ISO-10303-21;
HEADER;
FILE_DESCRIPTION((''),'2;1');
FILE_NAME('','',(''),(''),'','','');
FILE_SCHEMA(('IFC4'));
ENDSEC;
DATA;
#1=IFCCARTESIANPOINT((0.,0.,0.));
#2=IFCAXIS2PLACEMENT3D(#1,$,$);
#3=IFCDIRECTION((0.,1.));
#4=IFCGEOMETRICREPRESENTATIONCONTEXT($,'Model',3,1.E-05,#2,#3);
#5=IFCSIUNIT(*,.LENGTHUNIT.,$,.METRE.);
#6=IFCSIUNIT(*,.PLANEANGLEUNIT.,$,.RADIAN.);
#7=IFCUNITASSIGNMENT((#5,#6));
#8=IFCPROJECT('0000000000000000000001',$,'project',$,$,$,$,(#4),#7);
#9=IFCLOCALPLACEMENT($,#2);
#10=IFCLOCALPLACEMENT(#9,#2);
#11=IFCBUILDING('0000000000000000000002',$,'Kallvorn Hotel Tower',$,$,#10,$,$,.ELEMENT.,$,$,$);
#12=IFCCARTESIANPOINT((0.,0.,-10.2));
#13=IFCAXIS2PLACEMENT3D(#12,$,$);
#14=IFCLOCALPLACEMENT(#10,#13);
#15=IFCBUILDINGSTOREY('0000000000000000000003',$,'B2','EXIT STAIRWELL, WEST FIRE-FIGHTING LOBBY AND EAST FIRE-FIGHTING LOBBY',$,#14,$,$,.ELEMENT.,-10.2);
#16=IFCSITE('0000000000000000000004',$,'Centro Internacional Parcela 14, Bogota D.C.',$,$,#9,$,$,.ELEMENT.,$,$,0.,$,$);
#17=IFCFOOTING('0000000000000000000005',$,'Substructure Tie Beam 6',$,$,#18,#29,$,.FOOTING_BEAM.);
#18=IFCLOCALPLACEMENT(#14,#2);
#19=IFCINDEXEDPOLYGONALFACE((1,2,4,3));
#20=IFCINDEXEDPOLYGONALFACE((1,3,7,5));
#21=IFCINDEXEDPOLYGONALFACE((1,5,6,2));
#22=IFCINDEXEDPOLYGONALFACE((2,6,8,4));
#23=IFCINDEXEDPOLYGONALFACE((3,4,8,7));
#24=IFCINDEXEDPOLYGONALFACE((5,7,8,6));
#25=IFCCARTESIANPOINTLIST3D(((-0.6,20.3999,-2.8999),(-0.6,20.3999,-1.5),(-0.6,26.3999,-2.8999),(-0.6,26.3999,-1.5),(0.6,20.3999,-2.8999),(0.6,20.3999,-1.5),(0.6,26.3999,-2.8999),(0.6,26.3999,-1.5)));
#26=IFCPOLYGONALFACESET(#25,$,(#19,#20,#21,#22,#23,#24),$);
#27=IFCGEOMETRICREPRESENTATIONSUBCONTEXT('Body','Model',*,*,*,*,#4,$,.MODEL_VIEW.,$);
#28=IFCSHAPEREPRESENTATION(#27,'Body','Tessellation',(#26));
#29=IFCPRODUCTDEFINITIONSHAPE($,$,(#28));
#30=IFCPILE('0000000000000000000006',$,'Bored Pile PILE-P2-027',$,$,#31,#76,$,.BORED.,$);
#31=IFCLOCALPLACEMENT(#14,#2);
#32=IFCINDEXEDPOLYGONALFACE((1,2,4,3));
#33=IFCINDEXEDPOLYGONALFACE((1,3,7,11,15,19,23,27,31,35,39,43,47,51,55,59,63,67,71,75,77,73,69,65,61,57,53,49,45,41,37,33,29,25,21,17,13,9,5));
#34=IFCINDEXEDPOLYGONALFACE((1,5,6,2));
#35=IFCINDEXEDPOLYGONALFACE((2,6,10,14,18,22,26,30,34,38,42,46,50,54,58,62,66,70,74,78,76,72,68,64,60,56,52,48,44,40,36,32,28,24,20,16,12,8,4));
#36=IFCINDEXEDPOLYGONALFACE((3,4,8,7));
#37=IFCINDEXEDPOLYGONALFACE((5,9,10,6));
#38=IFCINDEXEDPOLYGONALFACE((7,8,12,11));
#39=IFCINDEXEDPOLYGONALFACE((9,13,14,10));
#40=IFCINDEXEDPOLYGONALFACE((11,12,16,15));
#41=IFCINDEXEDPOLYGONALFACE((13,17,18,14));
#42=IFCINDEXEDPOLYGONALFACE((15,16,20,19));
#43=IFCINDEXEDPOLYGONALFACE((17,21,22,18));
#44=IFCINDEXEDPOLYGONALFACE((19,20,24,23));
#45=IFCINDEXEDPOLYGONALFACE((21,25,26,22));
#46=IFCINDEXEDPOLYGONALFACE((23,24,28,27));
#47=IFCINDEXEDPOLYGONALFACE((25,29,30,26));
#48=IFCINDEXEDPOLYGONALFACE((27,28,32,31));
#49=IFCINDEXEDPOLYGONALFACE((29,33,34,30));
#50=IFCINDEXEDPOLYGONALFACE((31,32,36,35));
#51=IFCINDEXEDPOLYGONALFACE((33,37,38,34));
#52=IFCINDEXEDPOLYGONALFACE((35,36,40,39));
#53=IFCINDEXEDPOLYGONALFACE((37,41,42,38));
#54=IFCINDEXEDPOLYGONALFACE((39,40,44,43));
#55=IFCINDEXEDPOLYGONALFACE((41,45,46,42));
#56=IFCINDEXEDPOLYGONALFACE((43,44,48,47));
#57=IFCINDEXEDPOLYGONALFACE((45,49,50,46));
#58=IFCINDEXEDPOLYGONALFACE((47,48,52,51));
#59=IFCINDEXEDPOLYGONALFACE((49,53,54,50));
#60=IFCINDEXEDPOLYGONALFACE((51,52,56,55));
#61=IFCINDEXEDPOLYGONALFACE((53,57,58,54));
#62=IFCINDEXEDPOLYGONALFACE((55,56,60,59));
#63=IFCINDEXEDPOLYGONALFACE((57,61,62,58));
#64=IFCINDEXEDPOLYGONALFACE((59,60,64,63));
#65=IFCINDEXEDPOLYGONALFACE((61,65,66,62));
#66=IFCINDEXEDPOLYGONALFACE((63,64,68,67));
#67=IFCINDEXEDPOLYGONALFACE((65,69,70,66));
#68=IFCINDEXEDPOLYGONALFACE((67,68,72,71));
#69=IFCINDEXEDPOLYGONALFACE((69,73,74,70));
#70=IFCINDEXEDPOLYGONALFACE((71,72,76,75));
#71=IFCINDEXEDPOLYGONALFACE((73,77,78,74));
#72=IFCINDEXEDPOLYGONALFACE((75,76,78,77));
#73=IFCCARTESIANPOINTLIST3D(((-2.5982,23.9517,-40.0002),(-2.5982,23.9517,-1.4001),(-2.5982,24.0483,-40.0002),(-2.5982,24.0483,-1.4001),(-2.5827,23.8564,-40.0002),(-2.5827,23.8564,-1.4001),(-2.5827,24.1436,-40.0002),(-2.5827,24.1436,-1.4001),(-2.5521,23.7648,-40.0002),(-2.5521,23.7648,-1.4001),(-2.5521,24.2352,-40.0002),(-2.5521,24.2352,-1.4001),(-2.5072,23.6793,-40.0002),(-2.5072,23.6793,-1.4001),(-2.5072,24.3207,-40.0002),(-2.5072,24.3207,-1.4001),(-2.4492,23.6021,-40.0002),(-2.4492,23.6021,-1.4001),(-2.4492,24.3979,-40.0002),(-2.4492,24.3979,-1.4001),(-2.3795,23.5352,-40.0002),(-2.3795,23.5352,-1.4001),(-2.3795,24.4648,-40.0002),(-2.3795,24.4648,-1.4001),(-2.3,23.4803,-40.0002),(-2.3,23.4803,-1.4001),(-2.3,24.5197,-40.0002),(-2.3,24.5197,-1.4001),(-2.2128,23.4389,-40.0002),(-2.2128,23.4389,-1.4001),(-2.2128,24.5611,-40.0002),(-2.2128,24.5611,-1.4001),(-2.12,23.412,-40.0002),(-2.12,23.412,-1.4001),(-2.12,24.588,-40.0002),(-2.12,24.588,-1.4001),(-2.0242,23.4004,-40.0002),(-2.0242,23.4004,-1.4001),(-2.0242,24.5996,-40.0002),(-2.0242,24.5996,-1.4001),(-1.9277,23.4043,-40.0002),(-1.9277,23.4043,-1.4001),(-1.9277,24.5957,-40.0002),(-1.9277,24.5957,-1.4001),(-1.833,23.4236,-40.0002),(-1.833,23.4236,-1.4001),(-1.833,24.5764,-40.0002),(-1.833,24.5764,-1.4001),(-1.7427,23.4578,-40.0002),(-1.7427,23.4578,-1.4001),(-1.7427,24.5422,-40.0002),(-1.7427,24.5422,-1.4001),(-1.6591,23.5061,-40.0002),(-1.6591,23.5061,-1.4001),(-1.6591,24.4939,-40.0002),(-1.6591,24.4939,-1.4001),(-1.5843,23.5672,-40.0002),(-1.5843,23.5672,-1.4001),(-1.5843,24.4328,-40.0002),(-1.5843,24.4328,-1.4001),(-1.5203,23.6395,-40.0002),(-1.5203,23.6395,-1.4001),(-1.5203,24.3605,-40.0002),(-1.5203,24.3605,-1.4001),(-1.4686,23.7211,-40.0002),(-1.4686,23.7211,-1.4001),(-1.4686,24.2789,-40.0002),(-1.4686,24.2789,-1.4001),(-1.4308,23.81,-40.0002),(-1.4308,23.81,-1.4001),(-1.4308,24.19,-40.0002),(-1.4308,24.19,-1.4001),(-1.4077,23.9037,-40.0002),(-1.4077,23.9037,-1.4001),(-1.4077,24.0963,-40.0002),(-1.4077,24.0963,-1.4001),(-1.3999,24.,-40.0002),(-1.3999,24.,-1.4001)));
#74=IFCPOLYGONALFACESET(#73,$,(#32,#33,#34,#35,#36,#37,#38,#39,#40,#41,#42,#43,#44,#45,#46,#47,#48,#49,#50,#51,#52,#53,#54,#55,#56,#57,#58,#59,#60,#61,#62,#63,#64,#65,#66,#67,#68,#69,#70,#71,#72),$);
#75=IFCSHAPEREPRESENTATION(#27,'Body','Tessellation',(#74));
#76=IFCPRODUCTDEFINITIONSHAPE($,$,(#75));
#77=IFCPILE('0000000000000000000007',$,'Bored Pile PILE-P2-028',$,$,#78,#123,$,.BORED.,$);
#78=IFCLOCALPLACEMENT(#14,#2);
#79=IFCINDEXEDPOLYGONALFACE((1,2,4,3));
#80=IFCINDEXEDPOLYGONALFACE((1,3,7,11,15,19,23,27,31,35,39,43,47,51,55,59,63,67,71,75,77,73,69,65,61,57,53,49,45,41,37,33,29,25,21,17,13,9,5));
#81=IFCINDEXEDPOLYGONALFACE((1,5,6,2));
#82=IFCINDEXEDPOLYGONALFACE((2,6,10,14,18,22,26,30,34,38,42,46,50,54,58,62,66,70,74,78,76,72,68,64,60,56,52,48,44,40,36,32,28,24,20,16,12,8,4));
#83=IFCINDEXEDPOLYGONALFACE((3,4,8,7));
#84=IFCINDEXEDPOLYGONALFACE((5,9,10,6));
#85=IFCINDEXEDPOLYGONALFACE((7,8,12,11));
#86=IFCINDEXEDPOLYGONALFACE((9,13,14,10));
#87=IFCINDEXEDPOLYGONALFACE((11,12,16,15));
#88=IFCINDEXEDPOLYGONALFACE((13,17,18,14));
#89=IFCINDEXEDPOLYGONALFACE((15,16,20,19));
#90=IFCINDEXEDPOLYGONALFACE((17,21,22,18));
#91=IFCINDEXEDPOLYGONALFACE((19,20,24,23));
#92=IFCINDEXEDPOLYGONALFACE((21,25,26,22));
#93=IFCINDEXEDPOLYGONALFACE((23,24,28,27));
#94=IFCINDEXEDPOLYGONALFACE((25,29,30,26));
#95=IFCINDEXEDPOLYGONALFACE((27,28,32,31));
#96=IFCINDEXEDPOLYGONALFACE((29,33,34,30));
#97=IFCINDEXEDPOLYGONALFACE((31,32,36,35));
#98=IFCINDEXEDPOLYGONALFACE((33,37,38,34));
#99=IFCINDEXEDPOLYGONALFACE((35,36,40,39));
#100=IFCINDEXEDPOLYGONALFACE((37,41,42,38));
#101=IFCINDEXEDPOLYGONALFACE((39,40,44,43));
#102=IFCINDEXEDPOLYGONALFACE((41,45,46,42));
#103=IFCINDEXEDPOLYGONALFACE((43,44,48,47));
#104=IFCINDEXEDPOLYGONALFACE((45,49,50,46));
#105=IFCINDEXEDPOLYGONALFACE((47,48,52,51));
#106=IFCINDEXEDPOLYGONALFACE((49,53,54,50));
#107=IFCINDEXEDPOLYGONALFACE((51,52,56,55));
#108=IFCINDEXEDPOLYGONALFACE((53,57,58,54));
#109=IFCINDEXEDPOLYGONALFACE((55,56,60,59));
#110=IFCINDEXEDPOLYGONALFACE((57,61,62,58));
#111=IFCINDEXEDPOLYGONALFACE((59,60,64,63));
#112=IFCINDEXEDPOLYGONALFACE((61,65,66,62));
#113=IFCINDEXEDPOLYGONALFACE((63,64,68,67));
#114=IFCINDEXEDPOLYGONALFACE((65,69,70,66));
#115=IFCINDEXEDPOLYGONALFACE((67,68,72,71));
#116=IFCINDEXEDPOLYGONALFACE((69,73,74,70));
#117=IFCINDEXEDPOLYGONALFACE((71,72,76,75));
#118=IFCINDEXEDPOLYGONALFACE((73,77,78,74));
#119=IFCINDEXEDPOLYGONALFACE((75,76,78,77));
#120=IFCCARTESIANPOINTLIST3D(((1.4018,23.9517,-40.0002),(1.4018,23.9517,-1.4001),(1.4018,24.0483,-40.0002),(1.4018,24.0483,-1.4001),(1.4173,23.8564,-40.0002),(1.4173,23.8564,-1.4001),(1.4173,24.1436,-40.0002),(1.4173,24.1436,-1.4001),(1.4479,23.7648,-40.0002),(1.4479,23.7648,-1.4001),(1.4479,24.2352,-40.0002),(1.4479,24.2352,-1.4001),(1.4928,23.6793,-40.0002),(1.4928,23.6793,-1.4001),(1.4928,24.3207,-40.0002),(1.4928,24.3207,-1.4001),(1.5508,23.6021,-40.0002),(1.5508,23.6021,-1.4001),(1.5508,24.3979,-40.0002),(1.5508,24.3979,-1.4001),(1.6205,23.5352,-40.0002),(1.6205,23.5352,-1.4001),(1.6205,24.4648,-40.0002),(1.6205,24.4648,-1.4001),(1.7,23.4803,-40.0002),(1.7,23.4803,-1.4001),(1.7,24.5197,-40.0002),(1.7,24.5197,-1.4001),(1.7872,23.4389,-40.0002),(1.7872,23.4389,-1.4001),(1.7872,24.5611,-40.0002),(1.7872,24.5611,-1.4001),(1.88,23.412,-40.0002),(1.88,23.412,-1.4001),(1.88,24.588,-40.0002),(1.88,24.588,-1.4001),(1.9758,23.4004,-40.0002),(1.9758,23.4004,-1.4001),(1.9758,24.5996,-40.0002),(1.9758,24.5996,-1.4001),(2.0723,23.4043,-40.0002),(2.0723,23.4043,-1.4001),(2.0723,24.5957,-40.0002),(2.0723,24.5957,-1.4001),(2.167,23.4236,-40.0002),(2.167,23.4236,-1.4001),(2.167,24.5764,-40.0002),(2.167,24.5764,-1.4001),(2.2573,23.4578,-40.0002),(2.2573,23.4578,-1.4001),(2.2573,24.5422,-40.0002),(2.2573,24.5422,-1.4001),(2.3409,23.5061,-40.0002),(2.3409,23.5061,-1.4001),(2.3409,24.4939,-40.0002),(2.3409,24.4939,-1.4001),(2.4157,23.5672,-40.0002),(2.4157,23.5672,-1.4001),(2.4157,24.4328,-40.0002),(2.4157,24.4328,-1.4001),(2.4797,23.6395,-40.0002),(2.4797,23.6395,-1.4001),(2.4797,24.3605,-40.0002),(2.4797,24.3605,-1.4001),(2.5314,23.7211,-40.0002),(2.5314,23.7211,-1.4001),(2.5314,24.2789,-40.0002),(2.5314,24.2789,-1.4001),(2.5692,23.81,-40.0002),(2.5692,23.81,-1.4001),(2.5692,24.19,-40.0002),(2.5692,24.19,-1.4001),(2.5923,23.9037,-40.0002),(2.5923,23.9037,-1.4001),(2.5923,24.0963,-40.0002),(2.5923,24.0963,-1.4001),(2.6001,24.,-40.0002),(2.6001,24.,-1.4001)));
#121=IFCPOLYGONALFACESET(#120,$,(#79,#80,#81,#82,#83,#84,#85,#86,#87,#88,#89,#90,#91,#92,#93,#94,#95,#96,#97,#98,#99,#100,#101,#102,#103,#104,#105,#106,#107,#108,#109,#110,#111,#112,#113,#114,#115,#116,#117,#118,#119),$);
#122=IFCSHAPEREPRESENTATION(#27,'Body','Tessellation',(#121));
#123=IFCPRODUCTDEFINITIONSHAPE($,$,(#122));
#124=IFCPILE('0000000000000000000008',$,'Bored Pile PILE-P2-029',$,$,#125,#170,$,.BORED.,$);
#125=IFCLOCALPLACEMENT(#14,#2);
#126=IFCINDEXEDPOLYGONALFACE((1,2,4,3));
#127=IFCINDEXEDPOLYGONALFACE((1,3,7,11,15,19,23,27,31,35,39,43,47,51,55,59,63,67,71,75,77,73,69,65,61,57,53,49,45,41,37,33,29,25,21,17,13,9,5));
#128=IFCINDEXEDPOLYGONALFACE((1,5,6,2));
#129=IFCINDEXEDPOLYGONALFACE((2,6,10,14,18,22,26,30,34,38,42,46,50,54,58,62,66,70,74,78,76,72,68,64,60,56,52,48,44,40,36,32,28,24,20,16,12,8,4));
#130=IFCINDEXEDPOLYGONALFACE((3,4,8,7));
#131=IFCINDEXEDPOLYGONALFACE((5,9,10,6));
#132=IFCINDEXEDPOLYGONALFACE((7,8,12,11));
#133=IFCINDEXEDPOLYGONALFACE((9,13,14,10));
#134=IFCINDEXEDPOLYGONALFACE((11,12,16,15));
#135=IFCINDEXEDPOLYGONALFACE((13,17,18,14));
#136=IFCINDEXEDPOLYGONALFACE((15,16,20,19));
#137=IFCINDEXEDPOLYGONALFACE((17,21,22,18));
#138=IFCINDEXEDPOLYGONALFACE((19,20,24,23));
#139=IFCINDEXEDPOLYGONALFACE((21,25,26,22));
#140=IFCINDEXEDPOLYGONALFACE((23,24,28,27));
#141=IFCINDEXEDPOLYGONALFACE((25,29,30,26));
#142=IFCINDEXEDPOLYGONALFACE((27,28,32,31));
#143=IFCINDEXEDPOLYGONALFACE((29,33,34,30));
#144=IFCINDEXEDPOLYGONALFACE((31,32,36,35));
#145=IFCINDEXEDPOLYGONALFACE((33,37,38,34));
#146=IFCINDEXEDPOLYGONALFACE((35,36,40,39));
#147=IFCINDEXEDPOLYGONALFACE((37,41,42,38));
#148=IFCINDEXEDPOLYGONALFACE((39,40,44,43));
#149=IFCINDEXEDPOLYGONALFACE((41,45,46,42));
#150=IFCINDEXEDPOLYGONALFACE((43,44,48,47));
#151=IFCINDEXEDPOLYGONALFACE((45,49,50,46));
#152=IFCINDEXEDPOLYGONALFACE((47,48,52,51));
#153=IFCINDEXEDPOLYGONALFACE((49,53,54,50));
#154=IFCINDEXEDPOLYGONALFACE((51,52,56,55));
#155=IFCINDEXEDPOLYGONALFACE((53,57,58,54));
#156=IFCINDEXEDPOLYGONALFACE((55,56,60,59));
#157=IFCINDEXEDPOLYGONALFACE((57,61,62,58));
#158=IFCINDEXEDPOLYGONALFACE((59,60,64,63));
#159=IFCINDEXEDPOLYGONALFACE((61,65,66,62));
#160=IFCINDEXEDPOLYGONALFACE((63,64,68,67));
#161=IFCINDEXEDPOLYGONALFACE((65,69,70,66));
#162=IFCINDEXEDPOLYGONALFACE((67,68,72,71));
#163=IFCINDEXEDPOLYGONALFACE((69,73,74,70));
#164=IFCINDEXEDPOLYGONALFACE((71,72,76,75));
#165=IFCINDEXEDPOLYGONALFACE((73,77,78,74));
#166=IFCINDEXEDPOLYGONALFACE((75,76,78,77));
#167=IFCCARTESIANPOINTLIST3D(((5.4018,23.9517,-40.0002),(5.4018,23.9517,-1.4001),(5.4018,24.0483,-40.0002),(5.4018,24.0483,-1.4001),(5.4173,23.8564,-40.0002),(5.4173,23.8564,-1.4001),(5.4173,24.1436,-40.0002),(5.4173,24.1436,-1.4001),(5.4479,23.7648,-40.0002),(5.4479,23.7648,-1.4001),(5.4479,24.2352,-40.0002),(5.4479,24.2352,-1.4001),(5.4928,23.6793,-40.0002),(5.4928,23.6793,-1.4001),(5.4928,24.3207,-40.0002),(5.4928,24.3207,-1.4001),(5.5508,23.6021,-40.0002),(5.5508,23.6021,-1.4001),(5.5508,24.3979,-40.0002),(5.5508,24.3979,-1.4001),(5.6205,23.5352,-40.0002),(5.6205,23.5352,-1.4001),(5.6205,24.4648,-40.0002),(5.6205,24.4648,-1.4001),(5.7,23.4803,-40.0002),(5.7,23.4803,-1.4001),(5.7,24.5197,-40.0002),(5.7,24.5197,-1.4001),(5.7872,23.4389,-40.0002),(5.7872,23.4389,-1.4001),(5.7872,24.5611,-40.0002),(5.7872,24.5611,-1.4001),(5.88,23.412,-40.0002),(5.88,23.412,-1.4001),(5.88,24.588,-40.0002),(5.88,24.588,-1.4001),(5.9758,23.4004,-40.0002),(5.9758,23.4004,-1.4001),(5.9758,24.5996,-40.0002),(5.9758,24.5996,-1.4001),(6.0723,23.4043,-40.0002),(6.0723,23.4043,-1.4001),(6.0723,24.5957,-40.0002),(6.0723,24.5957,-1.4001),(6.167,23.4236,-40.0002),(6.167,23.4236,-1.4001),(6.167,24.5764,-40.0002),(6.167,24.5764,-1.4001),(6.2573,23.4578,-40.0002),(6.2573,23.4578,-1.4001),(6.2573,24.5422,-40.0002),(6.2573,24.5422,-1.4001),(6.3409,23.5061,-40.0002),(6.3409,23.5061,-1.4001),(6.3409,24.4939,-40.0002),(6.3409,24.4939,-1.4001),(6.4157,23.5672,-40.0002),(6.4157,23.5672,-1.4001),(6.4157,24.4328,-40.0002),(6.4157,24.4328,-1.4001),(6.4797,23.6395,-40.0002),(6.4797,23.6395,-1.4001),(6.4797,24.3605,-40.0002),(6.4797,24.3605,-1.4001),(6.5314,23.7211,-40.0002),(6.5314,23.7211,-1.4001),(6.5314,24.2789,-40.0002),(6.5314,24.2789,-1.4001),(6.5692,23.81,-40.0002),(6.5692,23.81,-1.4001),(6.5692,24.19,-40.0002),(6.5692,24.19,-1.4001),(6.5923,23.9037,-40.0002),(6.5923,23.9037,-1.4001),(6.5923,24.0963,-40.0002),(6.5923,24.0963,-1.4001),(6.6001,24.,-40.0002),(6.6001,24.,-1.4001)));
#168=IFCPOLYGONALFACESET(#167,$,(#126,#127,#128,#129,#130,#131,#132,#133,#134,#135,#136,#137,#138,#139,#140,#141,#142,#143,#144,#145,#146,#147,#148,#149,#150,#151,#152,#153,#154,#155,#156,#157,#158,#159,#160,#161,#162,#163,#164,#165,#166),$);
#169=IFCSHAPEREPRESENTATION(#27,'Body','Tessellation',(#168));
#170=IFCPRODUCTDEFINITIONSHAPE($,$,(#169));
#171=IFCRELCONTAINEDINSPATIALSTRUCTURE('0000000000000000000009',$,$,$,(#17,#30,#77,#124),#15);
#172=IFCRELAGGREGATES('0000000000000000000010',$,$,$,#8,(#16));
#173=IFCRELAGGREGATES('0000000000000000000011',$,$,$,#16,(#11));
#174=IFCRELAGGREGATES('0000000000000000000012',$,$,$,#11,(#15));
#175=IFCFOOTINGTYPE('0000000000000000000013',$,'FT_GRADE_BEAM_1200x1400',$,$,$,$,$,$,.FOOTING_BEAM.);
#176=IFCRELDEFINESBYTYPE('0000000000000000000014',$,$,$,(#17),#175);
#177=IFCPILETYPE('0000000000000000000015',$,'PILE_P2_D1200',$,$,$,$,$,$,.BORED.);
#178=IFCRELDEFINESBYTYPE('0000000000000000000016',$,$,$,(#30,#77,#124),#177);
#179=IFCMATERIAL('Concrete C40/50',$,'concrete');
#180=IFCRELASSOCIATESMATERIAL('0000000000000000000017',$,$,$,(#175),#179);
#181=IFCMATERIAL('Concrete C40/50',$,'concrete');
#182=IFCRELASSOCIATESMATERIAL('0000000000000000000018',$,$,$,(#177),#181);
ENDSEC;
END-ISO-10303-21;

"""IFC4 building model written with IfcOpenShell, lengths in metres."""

from ifc_helpers import new_model, si_unit, direction, frame, origin, origin_2d, place, context, subcontext, project, spatial, rectangle, circle, extrude, material, material_profile, profile_set, type_object, element, save


model = new_model("IFC4")

# Units and contexts
model_context = context("Model", 3, precision=1e-05, world=origin(), true_north=direction((0.0, 1.0)))
body_context = subcontext(model_context, "Body", "Model", "MODEL_VIEW")
ifc_project = project(units=[si_unit("LENGTHUNIT", "METRE"), si_unit("PLANEANGLEUNIT", "RADIAN")], contexts=[model_context])

# Site, building, storey
site_placement = place(None, origin())
site = spatial("IfcSite", under=ifc_project, at=site_placement, Name="Centro Internacional Parcela 14, Bogota D.C.", CompositionType="ELEMENT", RefElevation=0.0)
building_placement = place(site_placement, origin())
building = spatial("IfcBuilding", under=site, at=building_placement, Name="Kallvorn Hotel Tower", CompositionType="ELEMENT")
storey_placement = place(building_placement, frame((0.0, 0.0, -10.2)))
storey = spatial("IfcBuildingStorey", under=building, at=storey_placement, Name="B2", Description="EXIT STAIRWELL, WEST FIRE-FIGHTING LOBBY AND EAST FIRE-FIGHTING LOBBY", CompositionType="ELEMENT", Elevation=-10.2)

# Footing
ifc_material_1 = material(Name="Concrete C40/50", Category="concrete")
ifc_material_profile_1 = material_profile(ifc_material_1, rectangle(XDim=1.2, YDim=1.3999, at=origin_2d()), Name="RC 1200x1400")
ifc_profile_set_1 = profile_set([ifc_material_profile_1], Name="Concrete C40/50")
footing_type = type_object("IfcFootingType", Name="FT_GRADE_BEAM_1200x1400", PredefinedType="FOOTING_BEAM", material=ifc_profile_set_1)
footing_placement = place(storey_placement, frame((0.0, 20.3999, -2.2), z_axis=(0.0, 1.0, 0.0), x_axis=(-1.0, 0.0, 0.0)))
element("IfcFooting", 1, at=footing_placement, inside=storey, type_object=footing_type, Name="Substructure Tie Beam 6", PredefinedType="FOOTING_BEAM", context=body_context, shape_type="SweptSolid", body=[
    extrude(rectangle(XDim=1.2, YDim=1.3999, at=origin_2d()), origin(), (0.0, 0.0, 1.0), 6.0),
])

# Piles
ifc_material_2 = material(Name="Concrete C40/50", Category="concrete")
ifc_material_profile_2 = material_profile(ifc_material_2, circle(Radius=0.6001, at=origin_2d()), Name="PILE D1200")
ifc_profile_set_2 = profile_set([ifc_material_profile_2], Name="Concrete C40/50")
pile_type = type_object("IfcPileType", Name="PILE_P2_D1200", PredefinedType="BORED", material=ifc_profile_set_2)
for number, where, z_axis, x_axis, name in (
    (2, (-2.0, 24.0, -1.4001), (0.0, 0.0, -1.0), (1.0, 0.0, 0.0), "Bored Pile PILE-P2-027"),
    (3, (2.0, 24.0, -1.4001), (0.0, 0.0, -1.0), (1.0, 0.0, 0.0), "Bored Pile PILE-P2-028"),
    (4, (6.0, 24.0, -1.4001), (0.0, 0.0, -1.0), (1.0, 0.0, 0.0), "Bored Pile PILE-P2-029"),
):
    element("IfcPile", number, at=place(storey_placement, frame(where, z_axis=z_axis, x_axis=x_axis)), inside=storey, type_object=pile_type, Name=name, PredefinedType="BORED", context=body_context, shape_type="SweptSolid", body=[
        extrude(circle(Radius=0.6001, at=origin_2d()), origin(), (0.0, 0.0, 1.0), 38.6001),
    ])

save(model, "model.ifc")
